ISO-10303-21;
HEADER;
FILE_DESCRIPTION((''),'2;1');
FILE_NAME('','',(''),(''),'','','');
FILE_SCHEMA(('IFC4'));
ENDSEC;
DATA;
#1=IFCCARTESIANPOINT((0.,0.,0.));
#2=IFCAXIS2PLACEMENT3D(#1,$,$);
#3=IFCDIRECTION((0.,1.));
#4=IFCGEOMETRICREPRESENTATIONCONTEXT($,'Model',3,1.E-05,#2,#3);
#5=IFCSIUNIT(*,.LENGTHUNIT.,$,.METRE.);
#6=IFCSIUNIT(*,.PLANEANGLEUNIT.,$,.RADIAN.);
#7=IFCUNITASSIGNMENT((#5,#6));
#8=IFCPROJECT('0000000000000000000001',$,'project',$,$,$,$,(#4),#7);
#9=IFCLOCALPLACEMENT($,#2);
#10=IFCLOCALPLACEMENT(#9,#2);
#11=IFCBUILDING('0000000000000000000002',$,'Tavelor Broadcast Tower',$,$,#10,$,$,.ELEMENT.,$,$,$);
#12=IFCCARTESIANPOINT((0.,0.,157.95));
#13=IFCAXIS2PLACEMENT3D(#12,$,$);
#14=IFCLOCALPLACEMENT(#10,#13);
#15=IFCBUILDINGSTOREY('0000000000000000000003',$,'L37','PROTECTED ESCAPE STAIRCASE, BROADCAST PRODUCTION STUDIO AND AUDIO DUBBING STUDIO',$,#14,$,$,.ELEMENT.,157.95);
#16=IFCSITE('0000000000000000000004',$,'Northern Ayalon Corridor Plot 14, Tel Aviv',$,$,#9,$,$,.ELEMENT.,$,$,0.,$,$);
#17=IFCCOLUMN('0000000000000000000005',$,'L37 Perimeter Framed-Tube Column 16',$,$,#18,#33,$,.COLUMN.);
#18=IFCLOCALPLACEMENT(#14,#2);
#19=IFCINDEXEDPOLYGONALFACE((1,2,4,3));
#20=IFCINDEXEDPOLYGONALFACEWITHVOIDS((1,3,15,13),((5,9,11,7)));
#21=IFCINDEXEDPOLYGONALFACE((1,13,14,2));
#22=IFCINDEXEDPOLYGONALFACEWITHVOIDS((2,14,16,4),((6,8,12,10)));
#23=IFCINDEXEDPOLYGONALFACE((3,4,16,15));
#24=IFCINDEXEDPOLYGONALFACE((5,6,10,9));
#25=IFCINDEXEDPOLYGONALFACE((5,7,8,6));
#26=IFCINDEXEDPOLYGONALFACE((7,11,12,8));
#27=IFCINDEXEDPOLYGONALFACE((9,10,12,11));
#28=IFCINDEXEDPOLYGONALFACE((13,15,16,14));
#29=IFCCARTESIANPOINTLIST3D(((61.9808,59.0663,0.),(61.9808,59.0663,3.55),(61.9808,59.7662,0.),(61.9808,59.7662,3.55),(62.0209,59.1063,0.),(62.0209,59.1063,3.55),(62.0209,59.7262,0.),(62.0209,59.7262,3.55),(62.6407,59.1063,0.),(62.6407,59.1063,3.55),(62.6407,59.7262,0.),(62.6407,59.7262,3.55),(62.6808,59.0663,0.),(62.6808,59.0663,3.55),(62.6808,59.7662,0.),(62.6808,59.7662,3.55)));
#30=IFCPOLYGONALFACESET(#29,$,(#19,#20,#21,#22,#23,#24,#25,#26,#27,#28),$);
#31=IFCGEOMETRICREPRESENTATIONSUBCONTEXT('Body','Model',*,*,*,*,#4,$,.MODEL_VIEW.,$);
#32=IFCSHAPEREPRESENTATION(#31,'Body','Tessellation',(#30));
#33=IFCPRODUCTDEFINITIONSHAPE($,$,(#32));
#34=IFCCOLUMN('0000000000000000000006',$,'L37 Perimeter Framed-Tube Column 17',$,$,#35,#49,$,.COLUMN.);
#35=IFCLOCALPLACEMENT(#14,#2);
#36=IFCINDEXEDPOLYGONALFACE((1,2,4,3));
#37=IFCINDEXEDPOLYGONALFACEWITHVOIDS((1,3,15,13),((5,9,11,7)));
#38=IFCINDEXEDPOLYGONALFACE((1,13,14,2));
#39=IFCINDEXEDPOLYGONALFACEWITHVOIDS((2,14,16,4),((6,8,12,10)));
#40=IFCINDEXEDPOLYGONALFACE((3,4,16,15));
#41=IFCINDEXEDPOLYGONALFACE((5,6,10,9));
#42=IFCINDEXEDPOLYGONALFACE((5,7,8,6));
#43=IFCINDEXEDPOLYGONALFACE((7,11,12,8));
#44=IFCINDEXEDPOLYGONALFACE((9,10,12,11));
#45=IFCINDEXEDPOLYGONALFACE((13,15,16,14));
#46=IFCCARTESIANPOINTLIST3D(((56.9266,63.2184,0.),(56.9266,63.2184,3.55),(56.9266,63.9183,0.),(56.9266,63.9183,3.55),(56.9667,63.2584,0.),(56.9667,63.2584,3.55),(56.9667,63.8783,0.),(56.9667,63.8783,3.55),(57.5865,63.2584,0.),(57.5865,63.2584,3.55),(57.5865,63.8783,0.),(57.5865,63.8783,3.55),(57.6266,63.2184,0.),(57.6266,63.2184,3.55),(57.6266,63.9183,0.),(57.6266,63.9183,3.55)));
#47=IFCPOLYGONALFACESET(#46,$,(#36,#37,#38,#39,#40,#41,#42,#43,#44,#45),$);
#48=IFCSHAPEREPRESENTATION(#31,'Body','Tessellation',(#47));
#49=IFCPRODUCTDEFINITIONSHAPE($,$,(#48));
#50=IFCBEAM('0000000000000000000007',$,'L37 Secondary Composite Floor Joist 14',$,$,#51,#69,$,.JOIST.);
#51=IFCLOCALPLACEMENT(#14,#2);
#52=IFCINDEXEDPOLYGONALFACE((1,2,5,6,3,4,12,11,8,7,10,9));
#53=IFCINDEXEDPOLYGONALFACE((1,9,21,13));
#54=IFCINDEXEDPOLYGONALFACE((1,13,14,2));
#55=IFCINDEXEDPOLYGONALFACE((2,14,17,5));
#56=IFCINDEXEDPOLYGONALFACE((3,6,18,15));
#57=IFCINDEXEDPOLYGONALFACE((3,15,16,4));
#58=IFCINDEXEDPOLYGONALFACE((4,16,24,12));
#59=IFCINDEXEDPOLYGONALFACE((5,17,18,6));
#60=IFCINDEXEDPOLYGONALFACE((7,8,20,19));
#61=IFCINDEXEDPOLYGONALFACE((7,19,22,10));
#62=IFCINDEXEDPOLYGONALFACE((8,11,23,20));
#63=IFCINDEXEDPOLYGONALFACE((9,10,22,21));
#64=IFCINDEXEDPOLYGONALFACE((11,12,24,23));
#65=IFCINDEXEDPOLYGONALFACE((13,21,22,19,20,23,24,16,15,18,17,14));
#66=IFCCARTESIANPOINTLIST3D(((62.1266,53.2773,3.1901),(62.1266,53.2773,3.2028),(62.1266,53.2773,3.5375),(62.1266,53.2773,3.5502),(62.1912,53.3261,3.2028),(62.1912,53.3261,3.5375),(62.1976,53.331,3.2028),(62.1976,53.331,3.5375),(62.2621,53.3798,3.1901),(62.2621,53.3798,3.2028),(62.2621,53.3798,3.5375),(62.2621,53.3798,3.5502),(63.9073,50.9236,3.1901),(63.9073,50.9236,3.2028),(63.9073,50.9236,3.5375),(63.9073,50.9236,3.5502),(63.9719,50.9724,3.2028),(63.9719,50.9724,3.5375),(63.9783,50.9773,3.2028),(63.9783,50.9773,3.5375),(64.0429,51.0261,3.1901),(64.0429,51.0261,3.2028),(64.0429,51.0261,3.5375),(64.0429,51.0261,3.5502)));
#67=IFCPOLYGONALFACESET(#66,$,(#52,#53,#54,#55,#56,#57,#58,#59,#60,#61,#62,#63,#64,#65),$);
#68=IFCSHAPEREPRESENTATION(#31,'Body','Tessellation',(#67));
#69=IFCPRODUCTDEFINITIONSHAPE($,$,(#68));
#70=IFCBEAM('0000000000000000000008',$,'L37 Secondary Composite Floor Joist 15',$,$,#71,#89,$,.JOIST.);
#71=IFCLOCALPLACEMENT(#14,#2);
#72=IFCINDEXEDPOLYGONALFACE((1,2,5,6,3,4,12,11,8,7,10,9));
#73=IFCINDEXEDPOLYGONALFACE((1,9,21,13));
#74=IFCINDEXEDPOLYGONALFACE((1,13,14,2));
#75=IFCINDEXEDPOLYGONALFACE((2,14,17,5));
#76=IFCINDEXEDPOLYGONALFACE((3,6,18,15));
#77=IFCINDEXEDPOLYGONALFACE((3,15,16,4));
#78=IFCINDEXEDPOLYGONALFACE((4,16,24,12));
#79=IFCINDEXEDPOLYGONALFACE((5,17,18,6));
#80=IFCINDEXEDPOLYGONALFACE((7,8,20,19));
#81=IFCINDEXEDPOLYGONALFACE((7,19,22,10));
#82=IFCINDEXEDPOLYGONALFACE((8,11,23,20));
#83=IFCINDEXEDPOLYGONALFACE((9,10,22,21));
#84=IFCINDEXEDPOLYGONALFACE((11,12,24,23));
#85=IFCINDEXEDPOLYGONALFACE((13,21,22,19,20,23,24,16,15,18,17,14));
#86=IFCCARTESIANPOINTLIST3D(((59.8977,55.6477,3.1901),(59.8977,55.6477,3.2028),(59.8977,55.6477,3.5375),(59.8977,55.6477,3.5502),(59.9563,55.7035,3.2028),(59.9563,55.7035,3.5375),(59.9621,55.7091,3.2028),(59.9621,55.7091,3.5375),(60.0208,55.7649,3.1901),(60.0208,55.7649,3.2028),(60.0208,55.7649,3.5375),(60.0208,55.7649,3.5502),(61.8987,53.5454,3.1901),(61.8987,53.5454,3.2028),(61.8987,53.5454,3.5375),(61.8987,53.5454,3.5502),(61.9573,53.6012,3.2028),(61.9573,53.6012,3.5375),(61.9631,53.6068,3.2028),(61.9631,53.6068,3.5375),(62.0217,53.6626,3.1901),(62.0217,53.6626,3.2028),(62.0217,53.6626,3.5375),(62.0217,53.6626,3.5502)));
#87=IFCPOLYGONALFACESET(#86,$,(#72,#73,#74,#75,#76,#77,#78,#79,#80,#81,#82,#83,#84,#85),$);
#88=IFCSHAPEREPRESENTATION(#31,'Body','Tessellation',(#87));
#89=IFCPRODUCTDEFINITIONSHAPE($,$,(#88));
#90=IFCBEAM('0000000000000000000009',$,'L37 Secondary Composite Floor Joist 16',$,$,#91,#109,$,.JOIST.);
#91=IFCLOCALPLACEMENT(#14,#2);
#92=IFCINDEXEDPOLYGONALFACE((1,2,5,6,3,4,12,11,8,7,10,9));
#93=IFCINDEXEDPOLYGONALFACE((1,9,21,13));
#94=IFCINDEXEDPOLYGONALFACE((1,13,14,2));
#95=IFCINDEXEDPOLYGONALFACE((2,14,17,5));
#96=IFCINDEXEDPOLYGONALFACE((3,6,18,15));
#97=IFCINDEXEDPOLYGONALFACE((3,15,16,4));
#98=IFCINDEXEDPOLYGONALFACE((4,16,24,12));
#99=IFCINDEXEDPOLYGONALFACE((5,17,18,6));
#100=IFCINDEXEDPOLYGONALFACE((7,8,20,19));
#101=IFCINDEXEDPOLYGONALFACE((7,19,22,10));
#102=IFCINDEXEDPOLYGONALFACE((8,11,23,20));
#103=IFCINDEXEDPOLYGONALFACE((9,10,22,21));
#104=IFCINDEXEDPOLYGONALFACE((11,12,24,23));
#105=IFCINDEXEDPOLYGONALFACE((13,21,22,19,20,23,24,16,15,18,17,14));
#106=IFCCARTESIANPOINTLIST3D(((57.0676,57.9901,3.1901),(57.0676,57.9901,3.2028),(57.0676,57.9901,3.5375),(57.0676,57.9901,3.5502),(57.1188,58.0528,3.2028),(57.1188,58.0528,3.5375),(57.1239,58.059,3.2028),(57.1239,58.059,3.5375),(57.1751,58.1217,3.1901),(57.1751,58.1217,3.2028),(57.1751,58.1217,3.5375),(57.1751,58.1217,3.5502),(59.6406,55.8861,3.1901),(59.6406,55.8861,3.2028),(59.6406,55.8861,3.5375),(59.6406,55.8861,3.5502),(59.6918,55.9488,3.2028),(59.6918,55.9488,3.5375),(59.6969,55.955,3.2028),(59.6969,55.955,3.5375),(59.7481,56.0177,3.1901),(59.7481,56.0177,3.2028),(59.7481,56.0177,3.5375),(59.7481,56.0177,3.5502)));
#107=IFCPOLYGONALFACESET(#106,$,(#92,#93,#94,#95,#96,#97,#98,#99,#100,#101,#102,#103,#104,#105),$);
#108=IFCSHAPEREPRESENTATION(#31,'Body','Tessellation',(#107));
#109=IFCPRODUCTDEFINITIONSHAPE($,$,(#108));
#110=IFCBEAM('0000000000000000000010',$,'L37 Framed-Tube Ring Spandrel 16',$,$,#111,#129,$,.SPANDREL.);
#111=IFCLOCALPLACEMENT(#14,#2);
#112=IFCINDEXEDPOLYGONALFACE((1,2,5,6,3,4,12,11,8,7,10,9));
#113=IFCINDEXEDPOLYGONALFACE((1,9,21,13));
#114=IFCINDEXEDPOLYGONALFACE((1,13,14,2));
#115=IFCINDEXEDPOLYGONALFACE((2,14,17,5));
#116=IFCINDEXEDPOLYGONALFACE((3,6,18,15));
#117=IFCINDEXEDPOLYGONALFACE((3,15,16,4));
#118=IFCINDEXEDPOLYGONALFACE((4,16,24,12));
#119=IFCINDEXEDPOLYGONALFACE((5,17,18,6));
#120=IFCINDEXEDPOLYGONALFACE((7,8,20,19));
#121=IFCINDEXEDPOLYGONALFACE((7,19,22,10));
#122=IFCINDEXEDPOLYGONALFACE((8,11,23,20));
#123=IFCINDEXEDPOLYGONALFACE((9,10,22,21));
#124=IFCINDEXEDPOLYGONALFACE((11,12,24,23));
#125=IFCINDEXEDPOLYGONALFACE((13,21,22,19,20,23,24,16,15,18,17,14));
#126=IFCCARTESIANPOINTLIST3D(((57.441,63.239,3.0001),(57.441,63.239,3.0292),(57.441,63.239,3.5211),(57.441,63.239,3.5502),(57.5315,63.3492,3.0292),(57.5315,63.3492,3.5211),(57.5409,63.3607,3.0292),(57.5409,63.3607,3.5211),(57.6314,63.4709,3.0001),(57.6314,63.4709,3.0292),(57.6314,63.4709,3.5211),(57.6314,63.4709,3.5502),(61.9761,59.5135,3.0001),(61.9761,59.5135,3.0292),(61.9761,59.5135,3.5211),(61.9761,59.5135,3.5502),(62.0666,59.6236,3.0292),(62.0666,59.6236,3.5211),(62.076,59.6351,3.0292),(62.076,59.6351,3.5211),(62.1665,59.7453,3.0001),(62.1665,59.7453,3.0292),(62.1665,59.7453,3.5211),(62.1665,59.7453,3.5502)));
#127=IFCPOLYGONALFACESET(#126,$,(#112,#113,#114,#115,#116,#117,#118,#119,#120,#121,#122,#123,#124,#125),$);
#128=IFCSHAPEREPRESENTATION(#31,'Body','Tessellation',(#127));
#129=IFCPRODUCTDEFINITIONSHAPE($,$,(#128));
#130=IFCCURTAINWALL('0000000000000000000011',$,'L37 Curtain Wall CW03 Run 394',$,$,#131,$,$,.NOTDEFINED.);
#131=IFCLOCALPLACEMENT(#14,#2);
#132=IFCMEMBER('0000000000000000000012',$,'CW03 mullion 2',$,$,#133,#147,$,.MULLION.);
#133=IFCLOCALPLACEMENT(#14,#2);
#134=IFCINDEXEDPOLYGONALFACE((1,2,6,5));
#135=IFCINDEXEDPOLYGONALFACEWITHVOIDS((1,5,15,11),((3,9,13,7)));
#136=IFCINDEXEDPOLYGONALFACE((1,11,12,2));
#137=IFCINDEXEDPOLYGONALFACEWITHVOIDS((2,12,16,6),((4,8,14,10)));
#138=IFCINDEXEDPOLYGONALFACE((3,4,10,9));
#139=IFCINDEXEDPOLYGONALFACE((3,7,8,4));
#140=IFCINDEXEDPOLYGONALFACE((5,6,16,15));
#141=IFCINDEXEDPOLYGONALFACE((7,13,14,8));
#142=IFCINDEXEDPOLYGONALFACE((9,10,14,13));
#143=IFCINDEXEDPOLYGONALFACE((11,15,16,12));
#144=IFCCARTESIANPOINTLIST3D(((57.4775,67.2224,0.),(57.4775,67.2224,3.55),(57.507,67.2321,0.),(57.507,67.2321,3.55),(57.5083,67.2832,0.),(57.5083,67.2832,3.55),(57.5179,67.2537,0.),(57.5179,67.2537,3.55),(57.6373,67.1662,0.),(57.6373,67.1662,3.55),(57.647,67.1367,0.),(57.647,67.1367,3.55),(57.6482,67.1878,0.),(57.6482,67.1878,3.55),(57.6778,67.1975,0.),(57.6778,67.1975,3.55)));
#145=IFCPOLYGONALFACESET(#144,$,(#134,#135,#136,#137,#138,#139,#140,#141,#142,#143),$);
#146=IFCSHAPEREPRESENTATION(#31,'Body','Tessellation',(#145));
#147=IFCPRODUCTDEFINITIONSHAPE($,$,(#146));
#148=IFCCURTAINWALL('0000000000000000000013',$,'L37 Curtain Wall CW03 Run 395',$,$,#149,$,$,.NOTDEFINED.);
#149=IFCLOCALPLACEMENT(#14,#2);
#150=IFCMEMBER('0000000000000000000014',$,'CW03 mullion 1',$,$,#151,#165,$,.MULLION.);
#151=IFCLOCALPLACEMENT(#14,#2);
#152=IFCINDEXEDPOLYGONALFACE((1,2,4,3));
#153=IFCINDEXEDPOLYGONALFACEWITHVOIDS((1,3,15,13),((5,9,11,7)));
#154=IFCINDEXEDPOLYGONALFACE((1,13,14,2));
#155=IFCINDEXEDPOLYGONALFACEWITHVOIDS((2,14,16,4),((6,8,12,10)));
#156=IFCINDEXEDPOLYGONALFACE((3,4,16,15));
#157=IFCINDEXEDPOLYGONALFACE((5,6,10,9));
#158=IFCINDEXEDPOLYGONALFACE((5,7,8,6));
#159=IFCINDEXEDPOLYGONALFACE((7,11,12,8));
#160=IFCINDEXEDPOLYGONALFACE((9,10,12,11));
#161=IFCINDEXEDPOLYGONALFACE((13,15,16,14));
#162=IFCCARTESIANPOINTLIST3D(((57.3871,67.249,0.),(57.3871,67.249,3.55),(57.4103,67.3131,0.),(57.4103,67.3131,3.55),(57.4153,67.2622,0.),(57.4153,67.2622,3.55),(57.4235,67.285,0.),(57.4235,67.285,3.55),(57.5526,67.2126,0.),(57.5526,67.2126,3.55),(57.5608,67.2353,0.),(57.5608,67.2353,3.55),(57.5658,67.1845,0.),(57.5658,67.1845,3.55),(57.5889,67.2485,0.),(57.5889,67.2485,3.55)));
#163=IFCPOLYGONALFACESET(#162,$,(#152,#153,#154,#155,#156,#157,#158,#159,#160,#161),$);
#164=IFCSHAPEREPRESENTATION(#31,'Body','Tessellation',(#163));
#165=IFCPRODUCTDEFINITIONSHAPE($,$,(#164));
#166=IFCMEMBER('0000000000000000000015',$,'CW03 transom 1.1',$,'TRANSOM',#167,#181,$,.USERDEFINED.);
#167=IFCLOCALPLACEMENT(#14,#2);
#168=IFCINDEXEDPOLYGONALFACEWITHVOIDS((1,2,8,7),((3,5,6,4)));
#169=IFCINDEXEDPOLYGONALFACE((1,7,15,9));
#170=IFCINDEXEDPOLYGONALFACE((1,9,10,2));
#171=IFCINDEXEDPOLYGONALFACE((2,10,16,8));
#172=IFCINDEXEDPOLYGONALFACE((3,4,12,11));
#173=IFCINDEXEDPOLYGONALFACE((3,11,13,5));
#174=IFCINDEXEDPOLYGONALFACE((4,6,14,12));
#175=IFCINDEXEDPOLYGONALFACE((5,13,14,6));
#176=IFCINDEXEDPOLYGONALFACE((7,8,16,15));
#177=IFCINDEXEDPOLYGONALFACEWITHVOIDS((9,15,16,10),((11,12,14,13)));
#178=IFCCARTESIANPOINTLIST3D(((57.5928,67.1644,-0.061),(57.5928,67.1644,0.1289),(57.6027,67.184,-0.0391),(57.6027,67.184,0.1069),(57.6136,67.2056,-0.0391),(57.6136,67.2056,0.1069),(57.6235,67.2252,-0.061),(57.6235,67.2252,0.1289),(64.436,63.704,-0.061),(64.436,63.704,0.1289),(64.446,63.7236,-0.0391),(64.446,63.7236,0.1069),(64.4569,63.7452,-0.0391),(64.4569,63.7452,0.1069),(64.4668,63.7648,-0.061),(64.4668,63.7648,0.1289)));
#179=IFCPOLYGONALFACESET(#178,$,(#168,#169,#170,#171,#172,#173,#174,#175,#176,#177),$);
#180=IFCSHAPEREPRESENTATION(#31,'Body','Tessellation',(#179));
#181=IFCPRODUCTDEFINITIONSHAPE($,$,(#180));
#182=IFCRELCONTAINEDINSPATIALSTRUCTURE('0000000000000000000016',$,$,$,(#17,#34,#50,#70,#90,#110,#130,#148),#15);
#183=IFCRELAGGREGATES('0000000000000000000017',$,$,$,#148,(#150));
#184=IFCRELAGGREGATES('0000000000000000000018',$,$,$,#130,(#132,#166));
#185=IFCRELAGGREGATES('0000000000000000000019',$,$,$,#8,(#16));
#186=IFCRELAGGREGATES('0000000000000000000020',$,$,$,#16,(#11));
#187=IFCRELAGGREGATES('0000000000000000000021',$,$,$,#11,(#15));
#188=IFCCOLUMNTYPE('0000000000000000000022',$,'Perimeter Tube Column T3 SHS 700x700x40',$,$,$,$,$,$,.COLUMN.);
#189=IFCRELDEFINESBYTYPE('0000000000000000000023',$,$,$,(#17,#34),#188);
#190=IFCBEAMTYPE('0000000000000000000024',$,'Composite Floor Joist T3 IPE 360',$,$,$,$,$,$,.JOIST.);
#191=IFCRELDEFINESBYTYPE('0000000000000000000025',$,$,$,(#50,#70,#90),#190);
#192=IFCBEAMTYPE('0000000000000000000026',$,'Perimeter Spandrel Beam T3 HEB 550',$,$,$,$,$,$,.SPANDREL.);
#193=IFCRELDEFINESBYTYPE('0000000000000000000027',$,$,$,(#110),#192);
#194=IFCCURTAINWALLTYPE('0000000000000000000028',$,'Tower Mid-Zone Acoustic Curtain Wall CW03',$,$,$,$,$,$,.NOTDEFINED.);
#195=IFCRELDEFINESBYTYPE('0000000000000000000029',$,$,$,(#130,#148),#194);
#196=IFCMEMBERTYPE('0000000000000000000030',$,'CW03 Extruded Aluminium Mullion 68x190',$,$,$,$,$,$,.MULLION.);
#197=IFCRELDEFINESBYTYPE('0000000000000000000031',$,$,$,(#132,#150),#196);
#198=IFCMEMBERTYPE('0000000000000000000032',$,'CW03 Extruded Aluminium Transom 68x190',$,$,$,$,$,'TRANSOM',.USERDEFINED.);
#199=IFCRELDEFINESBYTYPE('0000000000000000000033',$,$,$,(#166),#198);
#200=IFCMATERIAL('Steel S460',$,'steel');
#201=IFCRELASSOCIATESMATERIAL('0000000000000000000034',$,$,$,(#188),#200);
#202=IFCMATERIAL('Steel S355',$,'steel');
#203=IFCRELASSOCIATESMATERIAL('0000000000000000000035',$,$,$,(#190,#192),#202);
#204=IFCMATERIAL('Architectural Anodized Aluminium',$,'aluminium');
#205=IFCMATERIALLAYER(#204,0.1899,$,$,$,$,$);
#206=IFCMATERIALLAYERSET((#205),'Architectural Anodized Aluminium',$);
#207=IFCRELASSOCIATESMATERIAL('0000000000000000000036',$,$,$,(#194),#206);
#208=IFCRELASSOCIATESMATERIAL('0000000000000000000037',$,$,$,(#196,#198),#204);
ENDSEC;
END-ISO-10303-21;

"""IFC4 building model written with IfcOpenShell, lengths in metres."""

from ifc_helpers import new_model, si_unit, direction, frame, origin, origin_2d, place, context, subcontext, project, spatial, hollow_rectangle, i_section, extrude, source, transform, mapped, material, layer, layer_set, material_profile, profile_set, type_object, type_shapes, element, aggregate, save


model = new_model("IFC4")

# Units and contexts
model_context = context("Model", 3, precision=1e-05, world=origin(), true_north=direction((0.0, 1.0)))
body_context = subcontext(model_context, "Body", "Model", "MODEL_VIEW")
ifc_project = project(units=[si_unit("LENGTHUNIT", "METRE"), si_unit("PLANEANGLEUNIT", "RADIAN")], contexts=[model_context])

# Site, building, storey
site_placement = place(None, origin())
site = spatial("IfcSite", under=ifc_project, at=site_placement, Name="Northern Ayalon Corridor Plot 14, Tel Aviv", CompositionType="ELEMENT", RefElevation=0.0)
building_placement = place(site_placement, origin())
building = spatial("IfcBuilding", under=site, at=building_placement, Name="Tavelor Broadcast Tower", CompositionType="ELEMENT")
storey_placement = place(building_placement, frame((0.0, 0.0, 157.95)))
storey = spatial("IfcBuildingStorey", under=building, at=storey_placement, Name="L37", Description="PROTECTED ESCAPE STAIRCASE, BROADCAST PRODUCTION STUDIO AND AUDIO DUBBING STUDIO", CompositionType="ELEMENT", Elevation=157.95)

# Columns
ifc_material_1 = material(Name="Steel S460", Category="steel")
ifc_material_profile_1 = material_profile(ifc_material_1, hollow_rectangle(XDim=0.7, YDim=0.7, WallThickness=0.04, at=origin_2d()), Name="SHS 700x700x40")
ifc_profile_set_1 = profile_set([ifc_material_profile_1], Name="Steel S460")
column_type = type_object("IfcColumnType", Name="Perimeter Tube Column T3 SHS 700x700x40", PredefinedType="COLUMN", material=ifc_profile_set_1)
for number, where, z_axis, x_axis, name in (
    (1, (62.3308, 59.4163, 0.0), (0.0, 0.0, 1.0), (1.0, 0.0, 0.0), "L37 Perimeter Framed-Tube Column 16"),
    (2, (57.2766, 63.5684, 0.0), (0.0, 0.0, 1.0), (1.0, 0.0, 0.0), "L37 Perimeter Framed-Tube Column 17"),
):
    element("IfcColumn", number, at=place(storey_placement, frame(where, z_axis=z_axis, x_axis=x_axis)), inside=storey, type_object=column_type, Name=name, PredefinedType="COLUMN", context=body_context, shape_type="SweptSolid", body=[
        extrude(hollow_rectangle(XDim=0.7, YDim=0.7, WallThickness=0.04, at=origin_2d()), origin(), (0.0, 0.0, 1.0), 3.55),
    ])

# Beams
ifc_material_2 = material(Name="Steel S355", Category="steel")
ifc_material_profile_2 = material_profile(ifc_material_2, i_section(OverallWidth=0.1699, OverallDepth=0.3601, WebThickness=0.0081, FlangeThickness=0.0127, at=origin_2d()), Name="IPE 360")
ifc_profile_set_2 = profile_set([ifc_material_profile_2], Name="Steel S355")
beam_type_1 = type_object("IfcBeamType", Name="Composite Floor Joist T3 IPE 360", PredefinedType="JOIST", material=ifc_profile_set_2)
beam_1_placement = place(storey_placement, frame((63.9751, 50.9749, 3.3701), z_axis=(-0.603343, 0.797482, 0.0), x_axis=(-0.797482, -0.603343, 0.0)))
element("IfcBeam", 3, at=beam_1_placement, inside=storey, type_object=beam_type_1, Name="L37 Secondary Composite Floor Joist 14", PredefinedType="JOIST", context=body_context, shape_type="SweptSolid", body=[
    extrude(i_section(OverallWidth=0.1699, OverallDepth=0.3601, WebThickness=0.0081, FlangeThickness=0.0127, at=origin_2d()), origin(), (0.0, 0.0, 1.0), 2.9514),
])
beam_2_placement = place(storey_placement, frame((61.9602, 53.604, 3.3701), z_axis=(-0.689437, 0.724346, 0.0), x_axis=(-0.724346, -0.689437, 0.0)))
element("IfcBeam", 4, at=beam_2_placement, inside=storey, type_object=beam_type_1, Name="L37 Secondary Composite Floor Joist 15", PredefinedType="JOIST", context=body_context, shape_type="SweptSolid", body=[
    extrude(i_section(OverallWidth=0.1699, OverallDepth=0.3601, WebThickness=0.0081, FlangeThickness=0.0127, at=origin_2d()), origin(), (0.0, 0.0, 1.0), 2.9023),
])
beam_3_placement = place(storey_placement, frame((59.6943, 55.9519, 3.3701), z_axis=(-0.774131, 0.633026, 0.0), x_axis=(-0.633026, -0.774131, 0.0)))
element("IfcBeam", 5, at=beam_3_placement, inside=storey, type_object=beam_type_1, Name="L37 Secondary Composite Floor Joist 16", PredefinedType="JOIST", context=body_context, shape_type="SweptSolid", body=[
    extrude(i_section(OverallWidth=0.1699, OverallDepth=0.3601, WebThickness=0.0081, FlangeThickness=0.0127, at=origin_2d()), origin(), (0.0, 0.0, 1.0), 3.3237),
])
ifc_material_profile_3 = material_profile(ifc_material_2, i_section(OverallWidth=0.3, OverallDepth=0.55, WebThickness=0.0149, FlangeThickness=0.0291, at=origin_2d()), Name="HEB 550")
ifc_profile_set_3 = profile_set([ifc_material_profile_3], Name="Steel S355")
beam_type_2 = type_object("IfcBeamType", Name="Perimeter Spandrel Beam T3 HEB 550", PredefinedType="SPANDREL", material=ifc_profile_set_3)
beam_4_placement = place(storey_placement, frame((62.0713, 59.6294, 3.2751), z_axis=(-0.772703, 0.634768, 0.0), x_axis=(-0.634768, -0.772703, 0.0)))
element("IfcBeam", 6, at=beam_4_placement, inside=storey, type_object=beam_type_2, Name="L37 Framed-Tube Ring Spandrel 16", PredefinedType="SPANDREL", context=body_context, shape_type="SweptSolid", body=[
    extrude(i_section(OverallWidth=0.3, OverallDepth=0.55, WebThickness=0.0149, FlangeThickness=0.0291, at=origin_2d()), origin(), (0.0, 0.0, 1.0), 5.8691),
])

# Curtain walls, members
ifc_material_3 = material(Name="Architectural Anodized Aluminium", Category="aluminium")
ifc_layer_1 = layer(ifc_material_3, 0.1899)
ifc_layer_set_1 = layer_set([ifc_layer_1], Name="Architectural Anodized Aluminium")
curtain_wall_type = type_object("IfcCurtainWallType", Name="Tower Mid-Zone Acoustic Curtain Wall CW03", PredefinedType="NOTDEFINED", material=ifc_layer_set_1)
curtain_wall_1_placement = place(storey_placement, origin())
curtain_wall_1 = element("IfcCurtainWall", 7, at=curtain_wall_1_placement, inside=storey, type_object=curtain_wall_type, Name="L37 Curtain Wall CW03 Run 394", PredefinedType="NOTDEFINED")
ifc_material_profile_4 = material_profile(ifc_material_3, hollow_rectangle(XDim=0.0681, YDim=0.1899, WallThickness=0.022, at=origin_2d()), Name="RHS 68x190x22")
ifc_profile_set_4 = profile_set([ifc_material_profile_4], Name="Architectural Anodized Aluminium")
member_type_1 = type_object("IfcMemberType", Name="CW03 Extruded Aluminium Mullion 68x190", PredefinedType="MULLION", material=ifc_profile_set_4)
shared_shape_1 = source(origin(), body_context, "Body", "SweptSolid", [
    extrude(hollow_rectangle(XDim=0.0681, YDim=0.1899, WallThickness=0.022, at=origin_2d()), origin(), (0.0, 0.0, 1.0), 3.55),
])
type_shapes(member_type_1, [shared_shape_1])
member_1_placement = place(storey_placement, frame((57.5776, 67.21, 0.0), z_axis=(0.0, 0.0, 1.0), x_axis=(-0.451248, -0.892399, 0.0)))
member_1 = element("IfcMember", 8, at=member_1_placement, type_object=member_type_1, Name="CW03 mullion 2", PredefinedType="MULLION", context=body_context, shape_type="MappedRepresentation", body=[
    mapped(shared_shape_1, transform((0.0, 0.0, 0.0), scale=1.0)),
])
curtain_wall_2_placement = place(storey_placement, origin())
curtain_wall_2 = element("IfcCurtainWall", 9, at=curtain_wall_2_placement, inside=storey, type_object=curtain_wall_type, Name="L37 Curtain Wall CW03 Run 395", PredefinedType="NOTDEFINED")
member_2_placement = place(storey_placement, frame((57.488, 67.2488, 0.0), z_axis=(0.0, 0.0, 1.0), x_axis=(-0.339961, -0.94044, 0.0)))
member_2 = element("IfcMember", 10, at=member_2_placement, type_object=member_type_1, Name="CW03 mullion 1", PredefinedType="MULLION", context=body_context, shape_type="MappedRepresentation", body=[
    mapped(shared_shape_1, transform((0.0, 0.0, 0.0), scale=1.0)),
])

# Member
ifc_material_profile_5 = material_profile(ifc_material_3, hollow_rectangle(XDim=0.0681, YDim=0.1899, WallThickness=0.022, at=origin_2d()), Name="RHS 68x190x22")
ifc_profile_set_5 = profile_set([ifc_material_profile_5], Name="Architectural Anodized Aluminium")
member_type_2 = type_object("IfcMemberType", Name="CW03 Extruded Aluminium Transom 68x190", ElementType="TRANSOM", PredefinedType="USERDEFINED", material=ifc_profile_set_5)
shared_shape_2 = source(origin(), body_context, "Body", "SweptSolid", [
    extrude(hollow_rectangle(XDim=0.0681, YDim=0.1899, WallThickness=0.022, at=origin_2d()), origin(), (0.0, 0.0, 1.0), 7.6685),
])
member_3_placement = place(storey_placement, frame((64.4514, 63.7344, 0.0339), z_axis=(-0.892393, 0.451259, 0.0), x_axis=(-0.451259, -0.892393, 0.0)))
member_3 = element("IfcMember", 11, at=member_3_placement, type_object=member_type_2, Name="CW03 transom 1.1", ObjectType="TRANSOM", PredefinedType="USERDEFINED", context=body_context, shape_type="MappedRepresentation", body=[
    mapped(shared_shape_2, transform((0.0, 0.0, 0.0), scale=1.0)),
])
aggregate(curtain_wall_2, [member_2])

aggregate(curtain_wall_1, [member_1, member_3])

save(model, "model.ifc")
